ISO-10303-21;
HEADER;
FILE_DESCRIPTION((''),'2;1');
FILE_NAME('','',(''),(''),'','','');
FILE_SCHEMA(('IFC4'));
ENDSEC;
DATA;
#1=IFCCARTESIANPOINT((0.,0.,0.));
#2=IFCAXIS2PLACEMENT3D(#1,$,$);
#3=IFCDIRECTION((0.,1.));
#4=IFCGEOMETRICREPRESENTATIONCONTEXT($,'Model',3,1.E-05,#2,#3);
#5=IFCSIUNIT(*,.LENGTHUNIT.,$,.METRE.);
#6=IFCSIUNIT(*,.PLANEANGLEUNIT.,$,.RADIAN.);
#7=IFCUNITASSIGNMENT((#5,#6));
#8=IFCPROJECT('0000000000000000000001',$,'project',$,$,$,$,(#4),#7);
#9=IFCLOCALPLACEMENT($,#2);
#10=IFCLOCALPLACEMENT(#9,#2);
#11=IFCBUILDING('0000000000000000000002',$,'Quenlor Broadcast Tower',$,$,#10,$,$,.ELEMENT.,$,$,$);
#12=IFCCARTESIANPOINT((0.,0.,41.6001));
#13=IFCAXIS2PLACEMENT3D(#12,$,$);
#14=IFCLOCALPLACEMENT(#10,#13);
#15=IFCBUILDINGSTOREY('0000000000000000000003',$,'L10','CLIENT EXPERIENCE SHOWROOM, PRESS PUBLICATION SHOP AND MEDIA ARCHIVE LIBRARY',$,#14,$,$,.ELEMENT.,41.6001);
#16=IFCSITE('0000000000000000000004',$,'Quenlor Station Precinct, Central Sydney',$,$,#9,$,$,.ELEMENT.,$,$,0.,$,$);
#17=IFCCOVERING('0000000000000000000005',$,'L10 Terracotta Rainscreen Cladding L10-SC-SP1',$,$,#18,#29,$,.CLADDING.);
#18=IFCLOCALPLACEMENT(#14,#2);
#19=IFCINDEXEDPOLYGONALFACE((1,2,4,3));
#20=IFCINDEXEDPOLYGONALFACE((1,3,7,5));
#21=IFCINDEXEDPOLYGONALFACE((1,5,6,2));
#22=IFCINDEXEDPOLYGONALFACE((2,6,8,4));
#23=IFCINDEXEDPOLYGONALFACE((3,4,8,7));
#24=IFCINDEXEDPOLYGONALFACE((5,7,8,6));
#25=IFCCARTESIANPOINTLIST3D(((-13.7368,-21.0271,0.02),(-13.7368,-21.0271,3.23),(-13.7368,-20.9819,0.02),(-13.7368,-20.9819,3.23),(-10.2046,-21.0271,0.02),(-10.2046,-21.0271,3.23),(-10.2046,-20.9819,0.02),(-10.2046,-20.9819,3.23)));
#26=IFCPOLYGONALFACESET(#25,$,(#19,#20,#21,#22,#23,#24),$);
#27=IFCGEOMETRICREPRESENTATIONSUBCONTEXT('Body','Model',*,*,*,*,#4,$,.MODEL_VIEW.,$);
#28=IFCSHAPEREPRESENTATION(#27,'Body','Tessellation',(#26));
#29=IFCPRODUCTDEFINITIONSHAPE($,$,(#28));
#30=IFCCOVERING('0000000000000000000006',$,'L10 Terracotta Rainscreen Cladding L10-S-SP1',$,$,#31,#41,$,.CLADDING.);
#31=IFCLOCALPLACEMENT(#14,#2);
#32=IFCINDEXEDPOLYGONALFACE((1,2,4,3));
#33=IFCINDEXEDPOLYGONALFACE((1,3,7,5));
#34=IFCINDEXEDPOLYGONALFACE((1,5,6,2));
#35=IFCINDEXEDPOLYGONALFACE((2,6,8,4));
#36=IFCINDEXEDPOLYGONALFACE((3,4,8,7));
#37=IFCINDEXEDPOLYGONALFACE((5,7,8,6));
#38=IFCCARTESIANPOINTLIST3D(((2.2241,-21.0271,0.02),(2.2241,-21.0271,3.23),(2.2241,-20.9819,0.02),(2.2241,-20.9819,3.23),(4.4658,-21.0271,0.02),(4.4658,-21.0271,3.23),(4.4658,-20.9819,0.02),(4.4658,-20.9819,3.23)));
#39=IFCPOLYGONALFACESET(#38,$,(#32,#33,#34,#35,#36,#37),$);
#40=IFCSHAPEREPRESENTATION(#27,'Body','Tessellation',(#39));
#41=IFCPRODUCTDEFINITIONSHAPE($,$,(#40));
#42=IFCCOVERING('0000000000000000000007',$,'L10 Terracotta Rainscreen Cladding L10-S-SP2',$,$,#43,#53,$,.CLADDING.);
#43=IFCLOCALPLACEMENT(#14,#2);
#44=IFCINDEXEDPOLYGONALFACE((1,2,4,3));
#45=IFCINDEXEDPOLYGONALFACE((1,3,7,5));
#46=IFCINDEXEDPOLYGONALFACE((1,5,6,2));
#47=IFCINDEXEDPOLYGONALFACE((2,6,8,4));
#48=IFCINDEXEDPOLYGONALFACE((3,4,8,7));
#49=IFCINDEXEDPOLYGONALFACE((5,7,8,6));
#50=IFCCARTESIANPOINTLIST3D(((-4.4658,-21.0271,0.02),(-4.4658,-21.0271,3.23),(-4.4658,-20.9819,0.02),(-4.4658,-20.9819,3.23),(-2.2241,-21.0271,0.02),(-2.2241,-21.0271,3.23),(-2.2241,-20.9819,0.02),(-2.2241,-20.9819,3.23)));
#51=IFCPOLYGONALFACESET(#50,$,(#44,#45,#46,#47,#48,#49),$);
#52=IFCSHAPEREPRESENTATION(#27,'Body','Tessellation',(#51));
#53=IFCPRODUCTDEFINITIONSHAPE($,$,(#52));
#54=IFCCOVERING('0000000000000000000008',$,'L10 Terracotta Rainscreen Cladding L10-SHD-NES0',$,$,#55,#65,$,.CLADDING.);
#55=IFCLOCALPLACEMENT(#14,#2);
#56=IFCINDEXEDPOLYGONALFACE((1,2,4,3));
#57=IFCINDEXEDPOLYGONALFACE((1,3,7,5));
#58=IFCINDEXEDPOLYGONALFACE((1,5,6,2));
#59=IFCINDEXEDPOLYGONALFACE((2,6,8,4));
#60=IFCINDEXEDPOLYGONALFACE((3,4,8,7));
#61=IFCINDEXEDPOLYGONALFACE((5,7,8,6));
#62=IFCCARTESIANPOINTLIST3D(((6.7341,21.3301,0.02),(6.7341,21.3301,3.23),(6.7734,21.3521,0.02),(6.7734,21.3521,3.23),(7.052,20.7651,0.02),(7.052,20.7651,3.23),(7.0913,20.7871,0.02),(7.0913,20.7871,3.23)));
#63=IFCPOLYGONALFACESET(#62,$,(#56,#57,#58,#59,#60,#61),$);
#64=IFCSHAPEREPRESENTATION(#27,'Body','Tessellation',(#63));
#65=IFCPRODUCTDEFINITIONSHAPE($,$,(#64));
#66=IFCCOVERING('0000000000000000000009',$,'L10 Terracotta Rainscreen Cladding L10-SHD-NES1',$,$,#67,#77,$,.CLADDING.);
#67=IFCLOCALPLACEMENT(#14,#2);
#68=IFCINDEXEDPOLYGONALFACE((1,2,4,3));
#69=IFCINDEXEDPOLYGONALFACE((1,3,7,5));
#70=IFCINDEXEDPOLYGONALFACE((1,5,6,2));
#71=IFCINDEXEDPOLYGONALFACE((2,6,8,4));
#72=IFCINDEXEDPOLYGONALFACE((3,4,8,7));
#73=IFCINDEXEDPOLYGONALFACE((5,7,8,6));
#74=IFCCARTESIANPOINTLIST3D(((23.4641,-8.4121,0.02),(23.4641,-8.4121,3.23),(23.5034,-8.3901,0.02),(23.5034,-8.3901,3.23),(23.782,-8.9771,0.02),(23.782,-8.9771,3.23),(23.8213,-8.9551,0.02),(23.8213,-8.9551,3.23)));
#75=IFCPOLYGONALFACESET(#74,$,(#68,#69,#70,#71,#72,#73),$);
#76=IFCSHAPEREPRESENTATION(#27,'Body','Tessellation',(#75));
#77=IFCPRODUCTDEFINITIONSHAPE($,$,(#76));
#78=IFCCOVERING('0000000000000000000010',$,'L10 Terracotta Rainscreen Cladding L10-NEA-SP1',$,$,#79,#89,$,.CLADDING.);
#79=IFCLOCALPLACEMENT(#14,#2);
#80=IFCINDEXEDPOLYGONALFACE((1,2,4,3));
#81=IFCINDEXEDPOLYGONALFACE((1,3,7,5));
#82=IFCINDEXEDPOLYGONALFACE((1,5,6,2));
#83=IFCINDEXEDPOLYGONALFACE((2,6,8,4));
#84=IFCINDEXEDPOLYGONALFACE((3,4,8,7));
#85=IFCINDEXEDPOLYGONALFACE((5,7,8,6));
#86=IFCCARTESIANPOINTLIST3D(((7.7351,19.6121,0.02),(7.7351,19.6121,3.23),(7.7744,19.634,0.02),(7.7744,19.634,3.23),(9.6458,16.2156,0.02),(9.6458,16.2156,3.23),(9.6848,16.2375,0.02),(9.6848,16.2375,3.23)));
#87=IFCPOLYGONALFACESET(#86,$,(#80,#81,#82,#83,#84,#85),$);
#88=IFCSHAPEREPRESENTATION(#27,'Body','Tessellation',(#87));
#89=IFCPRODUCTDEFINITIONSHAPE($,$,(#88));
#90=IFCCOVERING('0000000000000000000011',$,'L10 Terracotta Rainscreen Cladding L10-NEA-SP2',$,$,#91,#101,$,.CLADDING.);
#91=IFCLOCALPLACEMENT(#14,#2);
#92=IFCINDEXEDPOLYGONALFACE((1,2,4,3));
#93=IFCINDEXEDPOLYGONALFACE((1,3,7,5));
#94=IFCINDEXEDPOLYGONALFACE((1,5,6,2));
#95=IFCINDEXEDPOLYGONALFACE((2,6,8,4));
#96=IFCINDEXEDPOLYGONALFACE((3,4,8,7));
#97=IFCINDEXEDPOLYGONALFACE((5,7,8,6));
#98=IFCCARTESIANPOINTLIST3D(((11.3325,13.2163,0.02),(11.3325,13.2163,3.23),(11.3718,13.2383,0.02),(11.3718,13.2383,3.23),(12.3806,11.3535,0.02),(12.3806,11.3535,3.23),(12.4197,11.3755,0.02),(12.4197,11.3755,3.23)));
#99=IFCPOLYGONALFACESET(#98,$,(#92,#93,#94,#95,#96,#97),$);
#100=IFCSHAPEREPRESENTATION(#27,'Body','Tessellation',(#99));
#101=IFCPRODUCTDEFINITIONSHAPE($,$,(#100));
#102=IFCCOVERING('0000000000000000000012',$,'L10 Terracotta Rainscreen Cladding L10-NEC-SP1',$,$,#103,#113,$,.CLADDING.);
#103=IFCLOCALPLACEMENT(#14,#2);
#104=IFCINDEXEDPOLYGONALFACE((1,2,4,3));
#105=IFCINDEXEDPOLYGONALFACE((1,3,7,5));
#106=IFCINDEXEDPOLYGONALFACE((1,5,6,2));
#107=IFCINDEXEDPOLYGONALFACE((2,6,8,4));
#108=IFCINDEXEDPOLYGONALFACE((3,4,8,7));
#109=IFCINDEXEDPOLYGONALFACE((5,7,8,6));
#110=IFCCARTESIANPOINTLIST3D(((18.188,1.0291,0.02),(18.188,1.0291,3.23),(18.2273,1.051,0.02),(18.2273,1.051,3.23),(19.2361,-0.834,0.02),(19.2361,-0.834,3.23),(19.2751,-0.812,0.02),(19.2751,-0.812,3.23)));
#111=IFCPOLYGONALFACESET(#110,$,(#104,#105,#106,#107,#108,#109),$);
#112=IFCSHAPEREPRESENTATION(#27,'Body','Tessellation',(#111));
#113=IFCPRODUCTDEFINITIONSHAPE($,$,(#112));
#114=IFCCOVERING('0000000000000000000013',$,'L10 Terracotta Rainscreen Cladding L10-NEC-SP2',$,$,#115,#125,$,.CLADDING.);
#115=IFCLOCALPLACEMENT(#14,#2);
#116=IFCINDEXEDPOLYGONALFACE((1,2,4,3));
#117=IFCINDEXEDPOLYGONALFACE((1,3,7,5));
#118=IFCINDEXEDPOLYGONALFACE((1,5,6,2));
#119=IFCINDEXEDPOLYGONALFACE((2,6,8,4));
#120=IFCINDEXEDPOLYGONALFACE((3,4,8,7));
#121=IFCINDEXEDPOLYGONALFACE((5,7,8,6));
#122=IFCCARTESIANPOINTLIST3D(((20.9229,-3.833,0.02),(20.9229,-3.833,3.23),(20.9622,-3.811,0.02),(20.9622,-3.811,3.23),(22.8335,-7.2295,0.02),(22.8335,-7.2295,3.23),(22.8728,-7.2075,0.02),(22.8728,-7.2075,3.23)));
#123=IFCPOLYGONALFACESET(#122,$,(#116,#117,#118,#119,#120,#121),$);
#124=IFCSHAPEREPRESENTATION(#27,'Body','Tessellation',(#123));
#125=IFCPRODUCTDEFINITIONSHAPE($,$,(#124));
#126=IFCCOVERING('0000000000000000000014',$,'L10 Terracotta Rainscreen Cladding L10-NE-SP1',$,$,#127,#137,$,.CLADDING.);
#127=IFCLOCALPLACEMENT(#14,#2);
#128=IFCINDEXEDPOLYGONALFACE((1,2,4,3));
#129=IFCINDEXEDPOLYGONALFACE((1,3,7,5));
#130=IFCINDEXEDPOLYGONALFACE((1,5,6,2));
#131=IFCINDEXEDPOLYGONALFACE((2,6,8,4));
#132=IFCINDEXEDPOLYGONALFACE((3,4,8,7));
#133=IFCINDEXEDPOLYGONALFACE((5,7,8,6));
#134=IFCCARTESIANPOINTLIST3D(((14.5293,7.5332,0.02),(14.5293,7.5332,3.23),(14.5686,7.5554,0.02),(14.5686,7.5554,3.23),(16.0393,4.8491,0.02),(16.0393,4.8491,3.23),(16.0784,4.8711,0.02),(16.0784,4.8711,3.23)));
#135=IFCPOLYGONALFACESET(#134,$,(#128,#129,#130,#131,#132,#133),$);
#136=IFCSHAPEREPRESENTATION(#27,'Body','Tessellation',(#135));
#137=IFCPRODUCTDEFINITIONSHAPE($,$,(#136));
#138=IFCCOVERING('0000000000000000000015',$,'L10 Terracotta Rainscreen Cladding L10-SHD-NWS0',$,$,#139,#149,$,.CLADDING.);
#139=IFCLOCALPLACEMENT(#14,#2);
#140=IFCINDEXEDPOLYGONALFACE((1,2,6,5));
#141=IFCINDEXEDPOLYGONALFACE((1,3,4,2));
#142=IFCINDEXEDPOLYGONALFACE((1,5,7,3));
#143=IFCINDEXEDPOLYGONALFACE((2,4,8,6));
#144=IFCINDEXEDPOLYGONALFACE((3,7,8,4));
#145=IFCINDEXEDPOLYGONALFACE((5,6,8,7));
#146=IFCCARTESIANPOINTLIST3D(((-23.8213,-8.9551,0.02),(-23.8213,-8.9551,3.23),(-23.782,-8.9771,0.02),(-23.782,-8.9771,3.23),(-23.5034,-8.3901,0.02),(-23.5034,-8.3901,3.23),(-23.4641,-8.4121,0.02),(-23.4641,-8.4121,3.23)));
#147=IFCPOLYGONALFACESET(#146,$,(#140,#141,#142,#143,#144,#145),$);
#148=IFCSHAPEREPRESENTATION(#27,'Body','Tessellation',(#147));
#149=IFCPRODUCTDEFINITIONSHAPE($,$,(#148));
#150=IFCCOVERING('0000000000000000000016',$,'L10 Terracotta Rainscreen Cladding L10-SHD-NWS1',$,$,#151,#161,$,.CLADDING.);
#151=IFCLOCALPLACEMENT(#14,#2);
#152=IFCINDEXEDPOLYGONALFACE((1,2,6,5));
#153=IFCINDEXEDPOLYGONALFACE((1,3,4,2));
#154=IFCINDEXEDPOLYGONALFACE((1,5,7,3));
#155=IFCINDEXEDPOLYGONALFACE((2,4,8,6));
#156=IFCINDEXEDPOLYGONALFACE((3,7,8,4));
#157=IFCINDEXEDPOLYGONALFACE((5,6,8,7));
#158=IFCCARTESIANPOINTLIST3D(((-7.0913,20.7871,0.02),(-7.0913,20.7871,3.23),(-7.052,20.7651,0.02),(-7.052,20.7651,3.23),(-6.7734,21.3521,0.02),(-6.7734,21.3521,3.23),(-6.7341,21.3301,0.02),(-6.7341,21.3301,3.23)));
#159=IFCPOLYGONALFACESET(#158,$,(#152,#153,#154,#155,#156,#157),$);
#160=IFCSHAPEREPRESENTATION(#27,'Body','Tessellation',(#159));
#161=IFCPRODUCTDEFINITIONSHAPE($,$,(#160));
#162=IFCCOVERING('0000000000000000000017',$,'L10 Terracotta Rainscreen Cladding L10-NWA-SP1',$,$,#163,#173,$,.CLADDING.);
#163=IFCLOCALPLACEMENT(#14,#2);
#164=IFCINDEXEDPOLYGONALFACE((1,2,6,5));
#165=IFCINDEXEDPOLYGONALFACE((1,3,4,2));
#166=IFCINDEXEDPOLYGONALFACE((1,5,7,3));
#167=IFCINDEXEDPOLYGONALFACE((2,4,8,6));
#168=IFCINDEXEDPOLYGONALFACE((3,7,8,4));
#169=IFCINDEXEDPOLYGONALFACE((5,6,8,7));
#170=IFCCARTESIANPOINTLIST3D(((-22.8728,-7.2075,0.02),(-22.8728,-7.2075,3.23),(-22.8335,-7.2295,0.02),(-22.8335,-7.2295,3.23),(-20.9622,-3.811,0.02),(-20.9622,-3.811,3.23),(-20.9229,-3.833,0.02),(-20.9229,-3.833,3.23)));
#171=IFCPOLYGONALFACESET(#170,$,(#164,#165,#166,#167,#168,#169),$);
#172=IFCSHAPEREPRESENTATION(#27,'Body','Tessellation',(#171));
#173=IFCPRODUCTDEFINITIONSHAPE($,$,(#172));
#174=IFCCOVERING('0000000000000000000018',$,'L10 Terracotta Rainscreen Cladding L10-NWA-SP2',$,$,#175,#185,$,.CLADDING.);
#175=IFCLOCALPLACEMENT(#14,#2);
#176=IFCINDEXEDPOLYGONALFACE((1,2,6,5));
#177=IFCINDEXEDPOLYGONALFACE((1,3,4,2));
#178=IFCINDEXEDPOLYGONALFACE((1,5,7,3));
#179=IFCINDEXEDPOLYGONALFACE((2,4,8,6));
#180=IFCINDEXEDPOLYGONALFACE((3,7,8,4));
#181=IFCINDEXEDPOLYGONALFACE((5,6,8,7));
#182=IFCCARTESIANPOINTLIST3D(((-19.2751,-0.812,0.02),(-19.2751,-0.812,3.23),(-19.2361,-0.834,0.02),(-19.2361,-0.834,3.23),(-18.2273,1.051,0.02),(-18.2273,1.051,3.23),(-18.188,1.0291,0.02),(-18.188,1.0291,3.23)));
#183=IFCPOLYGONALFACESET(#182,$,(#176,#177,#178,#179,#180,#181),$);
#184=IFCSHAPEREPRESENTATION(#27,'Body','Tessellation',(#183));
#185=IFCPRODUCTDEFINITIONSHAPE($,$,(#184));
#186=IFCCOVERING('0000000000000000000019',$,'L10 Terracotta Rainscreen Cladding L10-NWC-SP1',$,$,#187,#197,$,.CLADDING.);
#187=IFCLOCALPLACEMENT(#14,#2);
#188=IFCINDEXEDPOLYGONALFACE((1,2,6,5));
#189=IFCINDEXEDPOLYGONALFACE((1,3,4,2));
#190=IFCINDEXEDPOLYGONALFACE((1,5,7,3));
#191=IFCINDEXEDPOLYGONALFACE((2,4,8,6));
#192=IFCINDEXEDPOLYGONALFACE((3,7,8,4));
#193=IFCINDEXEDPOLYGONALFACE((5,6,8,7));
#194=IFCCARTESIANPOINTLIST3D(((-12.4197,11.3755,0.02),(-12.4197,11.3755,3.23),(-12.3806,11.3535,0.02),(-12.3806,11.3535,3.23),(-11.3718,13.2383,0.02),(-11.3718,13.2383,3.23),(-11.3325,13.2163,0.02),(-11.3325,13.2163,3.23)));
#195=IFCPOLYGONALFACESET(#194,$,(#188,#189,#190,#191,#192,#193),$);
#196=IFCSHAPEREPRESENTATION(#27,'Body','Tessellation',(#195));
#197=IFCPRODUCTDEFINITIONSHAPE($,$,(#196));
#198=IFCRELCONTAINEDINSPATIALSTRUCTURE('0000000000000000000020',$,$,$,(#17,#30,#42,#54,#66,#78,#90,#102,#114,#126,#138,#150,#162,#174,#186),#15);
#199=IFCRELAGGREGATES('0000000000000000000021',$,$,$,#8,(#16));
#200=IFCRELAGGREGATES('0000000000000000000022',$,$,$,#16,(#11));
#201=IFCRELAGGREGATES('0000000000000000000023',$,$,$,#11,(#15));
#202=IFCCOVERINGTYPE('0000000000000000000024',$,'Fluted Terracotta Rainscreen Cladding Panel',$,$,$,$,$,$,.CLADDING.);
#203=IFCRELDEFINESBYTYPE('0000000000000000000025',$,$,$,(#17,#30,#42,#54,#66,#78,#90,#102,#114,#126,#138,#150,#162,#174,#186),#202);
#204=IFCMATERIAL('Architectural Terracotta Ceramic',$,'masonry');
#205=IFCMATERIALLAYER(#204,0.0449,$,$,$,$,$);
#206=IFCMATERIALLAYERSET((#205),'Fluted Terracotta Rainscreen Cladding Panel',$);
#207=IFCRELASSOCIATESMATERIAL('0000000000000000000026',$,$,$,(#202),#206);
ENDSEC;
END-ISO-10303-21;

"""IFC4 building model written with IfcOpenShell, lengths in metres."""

from ifc_helpers import new_model, si_unit, direction, frame, origin, place, context, subcontext, project, spatial, polyline, outline, extrude, material, layer, layer_set, type_object, element, save


model = new_model("IFC4")

# Units and contexts
model_context = context("Model", 3, precision=1e-05, world=origin(), true_north=direction((0.0, 1.0)))
body_context = subcontext(model_context, "Body", "Model", "MODEL_VIEW")
ifc_project = project(units=[si_unit("LENGTHUNIT", "METRE"), si_unit("PLANEANGLEUNIT", "RADIAN")], contexts=[model_context])

# Site, building, storey
site_placement = place(None, origin())
site = spatial("IfcSite", under=ifc_project, at=site_placement, Name="Quenlor Station Precinct, Central Sydney", CompositionType="ELEMENT", RefElevation=0.0)
building_placement = place(site_placement, origin())
building = spatial("IfcBuilding", under=site, at=building_placement, Name="Quenlor Broadcast Tower", CompositionType="ELEMENT")
storey_placement = place(building_placement, frame((0.0, 0.0, 41.6001)))
storey = spatial("IfcBuildingStorey", under=building, at=storey_placement, Name="L10", Description="CLIENT EXPERIENCE SHOWROOM, PRESS PUBLICATION SHOP AND MEDIA ARCHIVE LIBRARY", CompositionType="ELEMENT", Elevation=41.6001)

# Coverings
ifc_material_1 = material(Name="Architectural Terracotta Ceramic", Category="masonry")
ifc_layer_1 = layer(ifc_material_1, 0.0449)
ifc_layer_set_1 = layer_set([ifc_layer_1], Name="Fluted Terracotta Rainscreen Cladding Panel")
covering_type = type_object("IfcCoveringType", Name="Fluted Terracotta Rainscreen Cladding Panel", PredefinedType="CLADDING", material=ifc_layer_set_1)
covering_1_placement = place(storey_placement, frame((0.0, 0.0, 0.02)))
element("IfcCovering", 1, at=covering_1_placement, inside=storey, type_object=covering_type, Name="L10 Terracotta Rainscreen Cladding L10-SC-SP1", PredefinedType="CLADDING", context=body_context, shape_type="SweptSolid", body=[
    extrude(outline(polyline([(-10.2046, -20.9819), (-13.7368, -20.9819), (-13.7368, -21.0271), (-10.2046, -21.0271), (-10.2046, -20.9819)])), origin(), (0.0, 0.0, 1.0), 3.21),
])
covering_2_placement = place(storey_placement, frame((0.0, 0.0, 0.02)))
element("IfcCovering", 2, at=covering_2_placement, inside=storey, type_object=covering_type, Name="L10 Terracotta Rainscreen Cladding L10-S-SP1", PredefinedType="CLADDING", context=body_context, shape_type="SweptSolid", body=[
    extrude(outline(polyline([(4.4658, -20.9819), (2.2241, -20.9819), (2.2241, -21.0271), (4.4658, -21.0271), (4.4658, -20.9819)])), origin(), (0.0, 0.0, 1.0), 3.21),
])
covering_3_placement = place(storey_placement, frame((0.0, 0.0, 0.02)))
element("IfcCovering", 3, at=covering_3_placement, inside=storey, type_object=covering_type, Name="L10 Terracotta Rainscreen Cladding L10-S-SP2", PredefinedType="CLADDING", context=body_context, shape_type="SweptSolid", body=[
    extrude(outline(polyline([(-2.2241, -20.9819), (-4.4658, -20.9819), (-4.4658, -21.0271), (-2.2241, -21.0271), (-2.2241, -20.9819)])), origin(), (0.0, 0.0, 1.0), 3.21),
])
covering_4_placement = place(storey_placement, frame((0.0, 0.0, 0.02)))
element("IfcCovering", 4, at=covering_4_placement, inside=storey, type_object=covering_type, Name="L10 Terracotta Rainscreen Cladding L10-SHD-NES0", PredefinedType="CLADDING", context=body_context, shape_type="SweptSolid", body=[
    extrude(outline(polyline([(6.7341, 21.3301), (7.052, 20.7651), (7.0913, 20.7871), (6.7734, 21.3521), (6.7341, 21.3301)])), origin(), (0.0, 0.0, 1.0), 3.21),
])
covering_5_placement = place(storey_placement, frame((0.0, 0.0, 0.02)))
element("IfcCovering", 5, at=covering_5_placement, inside=storey, type_object=covering_type, Name="L10 Terracotta Rainscreen Cladding L10-SHD-NES1", PredefinedType="CLADDING", context=body_context, shape_type="SweptSolid", body=[
    extrude(outline(polyline([(23.4641, -8.4121), (23.782, -8.9771), (23.8213, -8.9551), (23.5034, -8.3901), (23.4641, -8.4121)])), origin(), (0.0, 0.0, 1.0), 3.21),
])
covering_6_placement = place(storey_placement, frame((0.0, 0.0, 0.02)))
element("IfcCovering", 6, at=covering_6_placement, inside=storey, type_object=covering_type, Name="L10 Terracotta Rainscreen Cladding L10-NEA-SP1", PredefinedType="CLADDING", context=body_context, shape_type="SweptSolid", body=[
    extrude(outline(polyline([(7.7351, 19.6121), (9.6458, 16.2156), (9.6848, 16.2375), (7.7744, 19.634), (7.7351, 19.6121)])), origin(), (0.0, 0.0, 1.0), 3.21),
])
covering_7_placement = place(storey_placement, frame((0.0, 0.0, 0.02)))
element("IfcCovering", 7, at=covering_7_placement, inside=storey, type_object=covering_type, Name="L10 Terracotta Rainscreen Cladding L10-NEA-SP2", PredefinedType="CLADDING", context=body_context, shape_type="SweptSolid", body=[
    extrude(outline(polyline([(11.3325, 13.2163), (12.3806, 11.3535), (12.4197, 11.3755), (11.3718, 13.2383), (11.3325, 13.2163)])), origin(), (0.0, 0.0, 1.0), 3.21),
])
covering_8_placement = place(storey_placement, frame((0.0, 0.0, 0.02)))
element("IfcCovering", 8, at=covering_8_placement, inside=storey, type_object=covering_type, Name="L10 Terracotta Rainscreen Cladding L10-NEC-SP1", PredefinedType="CLADDING", context=body_context, shape_type="SweptSolid", body=[
    extrude(outline(polyline([(18.188, 1.0291), (19.2361, -0.834), (19.2751, -0.812), (18.2273, 1.051), (18.188, 1.0291)])), origin(), (0.0, 0.0, 1.0), 3.21),
])
covering_9_placement = place(storey_placement, frame((0.0, 0.0, 0.02)))
element("IfcCovering", 9, at=covering_9_placement, inside=storey, type_object=covering_type, Name="L10 Terracotta Rainscreen Cladding L10-NEC-SP2", PredefinedType="CLADDING", context=body_context, shape_type="SweptSolid", body=[
    extrude(outline(polyline([(20.9229, -3.833), (22.8335, -7.2295), (22.8728, -7.2075), (20.9622, -3.811), (20.9229, -3.833)])), origin(), (0.0, 0.0, 1.0), 3.21),
])
covering_10_placement = place(storey_placement, frame((0.0, 0.0, 0.02)))
element("IfcCovering", 10, at=covering_10_placement, inside=storey, type_object=covering_type, Name="L10 Terracotta Rainscreen Cladding L10-NE-SP1", PredefinedType="CLADDING", context=body_context, shape_type="SweptSolid", body=[
    extrude(outline(polyline([(14.5293, 7.5332), (16.0393, 4.8491), (16.0784, 4.8711), (14.5686, 7.5554), (14.5293, 7.5332)])), origin(), (0.0, 0.0, 1.0), 3.21),
])
covering_11_placement = place(storey_placement, frame((0.0, 0.0, 0.02)))
element("IfcCovering", 11, at=covering_11_placement, inside=storey, type_object=covering_type, Name="L10 Terracotta Rainscreen Cladding L10-SHD-NWS0", PredefinedType="CLADDING", context=body_context, shape_type="SweptSolid", body=[
    extrude(outline(polyline([(-23.782, -8.9771), (-23.4641, -8.4121), (-23.5034, -8.3901), (-23.8213, -8.9551), (-23.782, -8.9771)])), origin(), (0.0, 0.0, 1.0), 3.21),
])
covering_12_placement = place(storey_placement, frame((0.0, 0.0, 0.02)))
element("IfcCovering", 12, at=covering_12_placement, inside=storey, type_object=covering_type, Name="L10 Terracotta Rainscreen Cladding L10-SHD-NWS1", PredefinedType="CLADDING", context=body_context, shape_type="SweptSolid", body=[
    extrude(outline(polyline([(-7.052, 20.7651), (-6.7341, 21.3301), (-6.7734, 21.3521), (-7.0913, 20.7871), (-7.052, 20.7651)])), origin(), (0.0, 0.0, 1.0), 3.21),
])
covering_13_placement = place(storey_placement, frame((0.0, 0.0, 0.02)))
element("IfcCovering", 13, at=covering_13_placement, inside=storey, type_object=covering_type, Name="L10 Terracotta Rainscreen Cladding L10-NWA-SP1", PredefinedType="CLADDING", context=body_context, shape_type="SweptSolid", body=[
    extrude(outline(polyline([(-22.8335, -7.2295), (-20.9229, -3.833), (-20.9622, -3.811), (-22.8728, -7.2075), (-22.8335, -7.2295)])), origin(), (0.0, 0.0, 1.0), 3.21),
])
covering_14_placement = place(storey_placement, frame((0.0, 0.0, 0.02)))
element("IfcCovering", 14, at=covering_14_placement, inside=storey, type_object=covering_type, Name="L10 Terracotta Rainscreen Cladding L10-NWA-SP2", PredefinedType="CLADDING", context=body_context, shape_type="SweptSolid", body=[
    extrude(outline(polyline([(-19.2361, -0.834), (-18.188, 1.0291), (-18.2273, 1.051), (-19.2751, -0.812), (-19.2361, -0.834)])), origin(), (0.0, 0.0, 1.0), 3.21),
])
covering_15_placement = place(storey_placement, frame((0.0, 0.0, 0.02)))
element("IfcCovering", 15, at=covering_15_placement, inside=storey, type_object=covering_type, Name="L10 Terracotta Rainscreen Cladding L10-NWC-SP1", PredefinedType="CLADDING", context=body_context, shape_type="SweptSolid", body=[
    extrude(outline(polyline([(-12.3806, 11.3535), (-11.3325, 13.2163), (-11.3718, 13.2383), (-12.4197, 11.3755), (-12.3806, 11.3535)])), origin(), (0.0, 0.0, 1.0), 3.21),
])

save(model, "model.ifc")
